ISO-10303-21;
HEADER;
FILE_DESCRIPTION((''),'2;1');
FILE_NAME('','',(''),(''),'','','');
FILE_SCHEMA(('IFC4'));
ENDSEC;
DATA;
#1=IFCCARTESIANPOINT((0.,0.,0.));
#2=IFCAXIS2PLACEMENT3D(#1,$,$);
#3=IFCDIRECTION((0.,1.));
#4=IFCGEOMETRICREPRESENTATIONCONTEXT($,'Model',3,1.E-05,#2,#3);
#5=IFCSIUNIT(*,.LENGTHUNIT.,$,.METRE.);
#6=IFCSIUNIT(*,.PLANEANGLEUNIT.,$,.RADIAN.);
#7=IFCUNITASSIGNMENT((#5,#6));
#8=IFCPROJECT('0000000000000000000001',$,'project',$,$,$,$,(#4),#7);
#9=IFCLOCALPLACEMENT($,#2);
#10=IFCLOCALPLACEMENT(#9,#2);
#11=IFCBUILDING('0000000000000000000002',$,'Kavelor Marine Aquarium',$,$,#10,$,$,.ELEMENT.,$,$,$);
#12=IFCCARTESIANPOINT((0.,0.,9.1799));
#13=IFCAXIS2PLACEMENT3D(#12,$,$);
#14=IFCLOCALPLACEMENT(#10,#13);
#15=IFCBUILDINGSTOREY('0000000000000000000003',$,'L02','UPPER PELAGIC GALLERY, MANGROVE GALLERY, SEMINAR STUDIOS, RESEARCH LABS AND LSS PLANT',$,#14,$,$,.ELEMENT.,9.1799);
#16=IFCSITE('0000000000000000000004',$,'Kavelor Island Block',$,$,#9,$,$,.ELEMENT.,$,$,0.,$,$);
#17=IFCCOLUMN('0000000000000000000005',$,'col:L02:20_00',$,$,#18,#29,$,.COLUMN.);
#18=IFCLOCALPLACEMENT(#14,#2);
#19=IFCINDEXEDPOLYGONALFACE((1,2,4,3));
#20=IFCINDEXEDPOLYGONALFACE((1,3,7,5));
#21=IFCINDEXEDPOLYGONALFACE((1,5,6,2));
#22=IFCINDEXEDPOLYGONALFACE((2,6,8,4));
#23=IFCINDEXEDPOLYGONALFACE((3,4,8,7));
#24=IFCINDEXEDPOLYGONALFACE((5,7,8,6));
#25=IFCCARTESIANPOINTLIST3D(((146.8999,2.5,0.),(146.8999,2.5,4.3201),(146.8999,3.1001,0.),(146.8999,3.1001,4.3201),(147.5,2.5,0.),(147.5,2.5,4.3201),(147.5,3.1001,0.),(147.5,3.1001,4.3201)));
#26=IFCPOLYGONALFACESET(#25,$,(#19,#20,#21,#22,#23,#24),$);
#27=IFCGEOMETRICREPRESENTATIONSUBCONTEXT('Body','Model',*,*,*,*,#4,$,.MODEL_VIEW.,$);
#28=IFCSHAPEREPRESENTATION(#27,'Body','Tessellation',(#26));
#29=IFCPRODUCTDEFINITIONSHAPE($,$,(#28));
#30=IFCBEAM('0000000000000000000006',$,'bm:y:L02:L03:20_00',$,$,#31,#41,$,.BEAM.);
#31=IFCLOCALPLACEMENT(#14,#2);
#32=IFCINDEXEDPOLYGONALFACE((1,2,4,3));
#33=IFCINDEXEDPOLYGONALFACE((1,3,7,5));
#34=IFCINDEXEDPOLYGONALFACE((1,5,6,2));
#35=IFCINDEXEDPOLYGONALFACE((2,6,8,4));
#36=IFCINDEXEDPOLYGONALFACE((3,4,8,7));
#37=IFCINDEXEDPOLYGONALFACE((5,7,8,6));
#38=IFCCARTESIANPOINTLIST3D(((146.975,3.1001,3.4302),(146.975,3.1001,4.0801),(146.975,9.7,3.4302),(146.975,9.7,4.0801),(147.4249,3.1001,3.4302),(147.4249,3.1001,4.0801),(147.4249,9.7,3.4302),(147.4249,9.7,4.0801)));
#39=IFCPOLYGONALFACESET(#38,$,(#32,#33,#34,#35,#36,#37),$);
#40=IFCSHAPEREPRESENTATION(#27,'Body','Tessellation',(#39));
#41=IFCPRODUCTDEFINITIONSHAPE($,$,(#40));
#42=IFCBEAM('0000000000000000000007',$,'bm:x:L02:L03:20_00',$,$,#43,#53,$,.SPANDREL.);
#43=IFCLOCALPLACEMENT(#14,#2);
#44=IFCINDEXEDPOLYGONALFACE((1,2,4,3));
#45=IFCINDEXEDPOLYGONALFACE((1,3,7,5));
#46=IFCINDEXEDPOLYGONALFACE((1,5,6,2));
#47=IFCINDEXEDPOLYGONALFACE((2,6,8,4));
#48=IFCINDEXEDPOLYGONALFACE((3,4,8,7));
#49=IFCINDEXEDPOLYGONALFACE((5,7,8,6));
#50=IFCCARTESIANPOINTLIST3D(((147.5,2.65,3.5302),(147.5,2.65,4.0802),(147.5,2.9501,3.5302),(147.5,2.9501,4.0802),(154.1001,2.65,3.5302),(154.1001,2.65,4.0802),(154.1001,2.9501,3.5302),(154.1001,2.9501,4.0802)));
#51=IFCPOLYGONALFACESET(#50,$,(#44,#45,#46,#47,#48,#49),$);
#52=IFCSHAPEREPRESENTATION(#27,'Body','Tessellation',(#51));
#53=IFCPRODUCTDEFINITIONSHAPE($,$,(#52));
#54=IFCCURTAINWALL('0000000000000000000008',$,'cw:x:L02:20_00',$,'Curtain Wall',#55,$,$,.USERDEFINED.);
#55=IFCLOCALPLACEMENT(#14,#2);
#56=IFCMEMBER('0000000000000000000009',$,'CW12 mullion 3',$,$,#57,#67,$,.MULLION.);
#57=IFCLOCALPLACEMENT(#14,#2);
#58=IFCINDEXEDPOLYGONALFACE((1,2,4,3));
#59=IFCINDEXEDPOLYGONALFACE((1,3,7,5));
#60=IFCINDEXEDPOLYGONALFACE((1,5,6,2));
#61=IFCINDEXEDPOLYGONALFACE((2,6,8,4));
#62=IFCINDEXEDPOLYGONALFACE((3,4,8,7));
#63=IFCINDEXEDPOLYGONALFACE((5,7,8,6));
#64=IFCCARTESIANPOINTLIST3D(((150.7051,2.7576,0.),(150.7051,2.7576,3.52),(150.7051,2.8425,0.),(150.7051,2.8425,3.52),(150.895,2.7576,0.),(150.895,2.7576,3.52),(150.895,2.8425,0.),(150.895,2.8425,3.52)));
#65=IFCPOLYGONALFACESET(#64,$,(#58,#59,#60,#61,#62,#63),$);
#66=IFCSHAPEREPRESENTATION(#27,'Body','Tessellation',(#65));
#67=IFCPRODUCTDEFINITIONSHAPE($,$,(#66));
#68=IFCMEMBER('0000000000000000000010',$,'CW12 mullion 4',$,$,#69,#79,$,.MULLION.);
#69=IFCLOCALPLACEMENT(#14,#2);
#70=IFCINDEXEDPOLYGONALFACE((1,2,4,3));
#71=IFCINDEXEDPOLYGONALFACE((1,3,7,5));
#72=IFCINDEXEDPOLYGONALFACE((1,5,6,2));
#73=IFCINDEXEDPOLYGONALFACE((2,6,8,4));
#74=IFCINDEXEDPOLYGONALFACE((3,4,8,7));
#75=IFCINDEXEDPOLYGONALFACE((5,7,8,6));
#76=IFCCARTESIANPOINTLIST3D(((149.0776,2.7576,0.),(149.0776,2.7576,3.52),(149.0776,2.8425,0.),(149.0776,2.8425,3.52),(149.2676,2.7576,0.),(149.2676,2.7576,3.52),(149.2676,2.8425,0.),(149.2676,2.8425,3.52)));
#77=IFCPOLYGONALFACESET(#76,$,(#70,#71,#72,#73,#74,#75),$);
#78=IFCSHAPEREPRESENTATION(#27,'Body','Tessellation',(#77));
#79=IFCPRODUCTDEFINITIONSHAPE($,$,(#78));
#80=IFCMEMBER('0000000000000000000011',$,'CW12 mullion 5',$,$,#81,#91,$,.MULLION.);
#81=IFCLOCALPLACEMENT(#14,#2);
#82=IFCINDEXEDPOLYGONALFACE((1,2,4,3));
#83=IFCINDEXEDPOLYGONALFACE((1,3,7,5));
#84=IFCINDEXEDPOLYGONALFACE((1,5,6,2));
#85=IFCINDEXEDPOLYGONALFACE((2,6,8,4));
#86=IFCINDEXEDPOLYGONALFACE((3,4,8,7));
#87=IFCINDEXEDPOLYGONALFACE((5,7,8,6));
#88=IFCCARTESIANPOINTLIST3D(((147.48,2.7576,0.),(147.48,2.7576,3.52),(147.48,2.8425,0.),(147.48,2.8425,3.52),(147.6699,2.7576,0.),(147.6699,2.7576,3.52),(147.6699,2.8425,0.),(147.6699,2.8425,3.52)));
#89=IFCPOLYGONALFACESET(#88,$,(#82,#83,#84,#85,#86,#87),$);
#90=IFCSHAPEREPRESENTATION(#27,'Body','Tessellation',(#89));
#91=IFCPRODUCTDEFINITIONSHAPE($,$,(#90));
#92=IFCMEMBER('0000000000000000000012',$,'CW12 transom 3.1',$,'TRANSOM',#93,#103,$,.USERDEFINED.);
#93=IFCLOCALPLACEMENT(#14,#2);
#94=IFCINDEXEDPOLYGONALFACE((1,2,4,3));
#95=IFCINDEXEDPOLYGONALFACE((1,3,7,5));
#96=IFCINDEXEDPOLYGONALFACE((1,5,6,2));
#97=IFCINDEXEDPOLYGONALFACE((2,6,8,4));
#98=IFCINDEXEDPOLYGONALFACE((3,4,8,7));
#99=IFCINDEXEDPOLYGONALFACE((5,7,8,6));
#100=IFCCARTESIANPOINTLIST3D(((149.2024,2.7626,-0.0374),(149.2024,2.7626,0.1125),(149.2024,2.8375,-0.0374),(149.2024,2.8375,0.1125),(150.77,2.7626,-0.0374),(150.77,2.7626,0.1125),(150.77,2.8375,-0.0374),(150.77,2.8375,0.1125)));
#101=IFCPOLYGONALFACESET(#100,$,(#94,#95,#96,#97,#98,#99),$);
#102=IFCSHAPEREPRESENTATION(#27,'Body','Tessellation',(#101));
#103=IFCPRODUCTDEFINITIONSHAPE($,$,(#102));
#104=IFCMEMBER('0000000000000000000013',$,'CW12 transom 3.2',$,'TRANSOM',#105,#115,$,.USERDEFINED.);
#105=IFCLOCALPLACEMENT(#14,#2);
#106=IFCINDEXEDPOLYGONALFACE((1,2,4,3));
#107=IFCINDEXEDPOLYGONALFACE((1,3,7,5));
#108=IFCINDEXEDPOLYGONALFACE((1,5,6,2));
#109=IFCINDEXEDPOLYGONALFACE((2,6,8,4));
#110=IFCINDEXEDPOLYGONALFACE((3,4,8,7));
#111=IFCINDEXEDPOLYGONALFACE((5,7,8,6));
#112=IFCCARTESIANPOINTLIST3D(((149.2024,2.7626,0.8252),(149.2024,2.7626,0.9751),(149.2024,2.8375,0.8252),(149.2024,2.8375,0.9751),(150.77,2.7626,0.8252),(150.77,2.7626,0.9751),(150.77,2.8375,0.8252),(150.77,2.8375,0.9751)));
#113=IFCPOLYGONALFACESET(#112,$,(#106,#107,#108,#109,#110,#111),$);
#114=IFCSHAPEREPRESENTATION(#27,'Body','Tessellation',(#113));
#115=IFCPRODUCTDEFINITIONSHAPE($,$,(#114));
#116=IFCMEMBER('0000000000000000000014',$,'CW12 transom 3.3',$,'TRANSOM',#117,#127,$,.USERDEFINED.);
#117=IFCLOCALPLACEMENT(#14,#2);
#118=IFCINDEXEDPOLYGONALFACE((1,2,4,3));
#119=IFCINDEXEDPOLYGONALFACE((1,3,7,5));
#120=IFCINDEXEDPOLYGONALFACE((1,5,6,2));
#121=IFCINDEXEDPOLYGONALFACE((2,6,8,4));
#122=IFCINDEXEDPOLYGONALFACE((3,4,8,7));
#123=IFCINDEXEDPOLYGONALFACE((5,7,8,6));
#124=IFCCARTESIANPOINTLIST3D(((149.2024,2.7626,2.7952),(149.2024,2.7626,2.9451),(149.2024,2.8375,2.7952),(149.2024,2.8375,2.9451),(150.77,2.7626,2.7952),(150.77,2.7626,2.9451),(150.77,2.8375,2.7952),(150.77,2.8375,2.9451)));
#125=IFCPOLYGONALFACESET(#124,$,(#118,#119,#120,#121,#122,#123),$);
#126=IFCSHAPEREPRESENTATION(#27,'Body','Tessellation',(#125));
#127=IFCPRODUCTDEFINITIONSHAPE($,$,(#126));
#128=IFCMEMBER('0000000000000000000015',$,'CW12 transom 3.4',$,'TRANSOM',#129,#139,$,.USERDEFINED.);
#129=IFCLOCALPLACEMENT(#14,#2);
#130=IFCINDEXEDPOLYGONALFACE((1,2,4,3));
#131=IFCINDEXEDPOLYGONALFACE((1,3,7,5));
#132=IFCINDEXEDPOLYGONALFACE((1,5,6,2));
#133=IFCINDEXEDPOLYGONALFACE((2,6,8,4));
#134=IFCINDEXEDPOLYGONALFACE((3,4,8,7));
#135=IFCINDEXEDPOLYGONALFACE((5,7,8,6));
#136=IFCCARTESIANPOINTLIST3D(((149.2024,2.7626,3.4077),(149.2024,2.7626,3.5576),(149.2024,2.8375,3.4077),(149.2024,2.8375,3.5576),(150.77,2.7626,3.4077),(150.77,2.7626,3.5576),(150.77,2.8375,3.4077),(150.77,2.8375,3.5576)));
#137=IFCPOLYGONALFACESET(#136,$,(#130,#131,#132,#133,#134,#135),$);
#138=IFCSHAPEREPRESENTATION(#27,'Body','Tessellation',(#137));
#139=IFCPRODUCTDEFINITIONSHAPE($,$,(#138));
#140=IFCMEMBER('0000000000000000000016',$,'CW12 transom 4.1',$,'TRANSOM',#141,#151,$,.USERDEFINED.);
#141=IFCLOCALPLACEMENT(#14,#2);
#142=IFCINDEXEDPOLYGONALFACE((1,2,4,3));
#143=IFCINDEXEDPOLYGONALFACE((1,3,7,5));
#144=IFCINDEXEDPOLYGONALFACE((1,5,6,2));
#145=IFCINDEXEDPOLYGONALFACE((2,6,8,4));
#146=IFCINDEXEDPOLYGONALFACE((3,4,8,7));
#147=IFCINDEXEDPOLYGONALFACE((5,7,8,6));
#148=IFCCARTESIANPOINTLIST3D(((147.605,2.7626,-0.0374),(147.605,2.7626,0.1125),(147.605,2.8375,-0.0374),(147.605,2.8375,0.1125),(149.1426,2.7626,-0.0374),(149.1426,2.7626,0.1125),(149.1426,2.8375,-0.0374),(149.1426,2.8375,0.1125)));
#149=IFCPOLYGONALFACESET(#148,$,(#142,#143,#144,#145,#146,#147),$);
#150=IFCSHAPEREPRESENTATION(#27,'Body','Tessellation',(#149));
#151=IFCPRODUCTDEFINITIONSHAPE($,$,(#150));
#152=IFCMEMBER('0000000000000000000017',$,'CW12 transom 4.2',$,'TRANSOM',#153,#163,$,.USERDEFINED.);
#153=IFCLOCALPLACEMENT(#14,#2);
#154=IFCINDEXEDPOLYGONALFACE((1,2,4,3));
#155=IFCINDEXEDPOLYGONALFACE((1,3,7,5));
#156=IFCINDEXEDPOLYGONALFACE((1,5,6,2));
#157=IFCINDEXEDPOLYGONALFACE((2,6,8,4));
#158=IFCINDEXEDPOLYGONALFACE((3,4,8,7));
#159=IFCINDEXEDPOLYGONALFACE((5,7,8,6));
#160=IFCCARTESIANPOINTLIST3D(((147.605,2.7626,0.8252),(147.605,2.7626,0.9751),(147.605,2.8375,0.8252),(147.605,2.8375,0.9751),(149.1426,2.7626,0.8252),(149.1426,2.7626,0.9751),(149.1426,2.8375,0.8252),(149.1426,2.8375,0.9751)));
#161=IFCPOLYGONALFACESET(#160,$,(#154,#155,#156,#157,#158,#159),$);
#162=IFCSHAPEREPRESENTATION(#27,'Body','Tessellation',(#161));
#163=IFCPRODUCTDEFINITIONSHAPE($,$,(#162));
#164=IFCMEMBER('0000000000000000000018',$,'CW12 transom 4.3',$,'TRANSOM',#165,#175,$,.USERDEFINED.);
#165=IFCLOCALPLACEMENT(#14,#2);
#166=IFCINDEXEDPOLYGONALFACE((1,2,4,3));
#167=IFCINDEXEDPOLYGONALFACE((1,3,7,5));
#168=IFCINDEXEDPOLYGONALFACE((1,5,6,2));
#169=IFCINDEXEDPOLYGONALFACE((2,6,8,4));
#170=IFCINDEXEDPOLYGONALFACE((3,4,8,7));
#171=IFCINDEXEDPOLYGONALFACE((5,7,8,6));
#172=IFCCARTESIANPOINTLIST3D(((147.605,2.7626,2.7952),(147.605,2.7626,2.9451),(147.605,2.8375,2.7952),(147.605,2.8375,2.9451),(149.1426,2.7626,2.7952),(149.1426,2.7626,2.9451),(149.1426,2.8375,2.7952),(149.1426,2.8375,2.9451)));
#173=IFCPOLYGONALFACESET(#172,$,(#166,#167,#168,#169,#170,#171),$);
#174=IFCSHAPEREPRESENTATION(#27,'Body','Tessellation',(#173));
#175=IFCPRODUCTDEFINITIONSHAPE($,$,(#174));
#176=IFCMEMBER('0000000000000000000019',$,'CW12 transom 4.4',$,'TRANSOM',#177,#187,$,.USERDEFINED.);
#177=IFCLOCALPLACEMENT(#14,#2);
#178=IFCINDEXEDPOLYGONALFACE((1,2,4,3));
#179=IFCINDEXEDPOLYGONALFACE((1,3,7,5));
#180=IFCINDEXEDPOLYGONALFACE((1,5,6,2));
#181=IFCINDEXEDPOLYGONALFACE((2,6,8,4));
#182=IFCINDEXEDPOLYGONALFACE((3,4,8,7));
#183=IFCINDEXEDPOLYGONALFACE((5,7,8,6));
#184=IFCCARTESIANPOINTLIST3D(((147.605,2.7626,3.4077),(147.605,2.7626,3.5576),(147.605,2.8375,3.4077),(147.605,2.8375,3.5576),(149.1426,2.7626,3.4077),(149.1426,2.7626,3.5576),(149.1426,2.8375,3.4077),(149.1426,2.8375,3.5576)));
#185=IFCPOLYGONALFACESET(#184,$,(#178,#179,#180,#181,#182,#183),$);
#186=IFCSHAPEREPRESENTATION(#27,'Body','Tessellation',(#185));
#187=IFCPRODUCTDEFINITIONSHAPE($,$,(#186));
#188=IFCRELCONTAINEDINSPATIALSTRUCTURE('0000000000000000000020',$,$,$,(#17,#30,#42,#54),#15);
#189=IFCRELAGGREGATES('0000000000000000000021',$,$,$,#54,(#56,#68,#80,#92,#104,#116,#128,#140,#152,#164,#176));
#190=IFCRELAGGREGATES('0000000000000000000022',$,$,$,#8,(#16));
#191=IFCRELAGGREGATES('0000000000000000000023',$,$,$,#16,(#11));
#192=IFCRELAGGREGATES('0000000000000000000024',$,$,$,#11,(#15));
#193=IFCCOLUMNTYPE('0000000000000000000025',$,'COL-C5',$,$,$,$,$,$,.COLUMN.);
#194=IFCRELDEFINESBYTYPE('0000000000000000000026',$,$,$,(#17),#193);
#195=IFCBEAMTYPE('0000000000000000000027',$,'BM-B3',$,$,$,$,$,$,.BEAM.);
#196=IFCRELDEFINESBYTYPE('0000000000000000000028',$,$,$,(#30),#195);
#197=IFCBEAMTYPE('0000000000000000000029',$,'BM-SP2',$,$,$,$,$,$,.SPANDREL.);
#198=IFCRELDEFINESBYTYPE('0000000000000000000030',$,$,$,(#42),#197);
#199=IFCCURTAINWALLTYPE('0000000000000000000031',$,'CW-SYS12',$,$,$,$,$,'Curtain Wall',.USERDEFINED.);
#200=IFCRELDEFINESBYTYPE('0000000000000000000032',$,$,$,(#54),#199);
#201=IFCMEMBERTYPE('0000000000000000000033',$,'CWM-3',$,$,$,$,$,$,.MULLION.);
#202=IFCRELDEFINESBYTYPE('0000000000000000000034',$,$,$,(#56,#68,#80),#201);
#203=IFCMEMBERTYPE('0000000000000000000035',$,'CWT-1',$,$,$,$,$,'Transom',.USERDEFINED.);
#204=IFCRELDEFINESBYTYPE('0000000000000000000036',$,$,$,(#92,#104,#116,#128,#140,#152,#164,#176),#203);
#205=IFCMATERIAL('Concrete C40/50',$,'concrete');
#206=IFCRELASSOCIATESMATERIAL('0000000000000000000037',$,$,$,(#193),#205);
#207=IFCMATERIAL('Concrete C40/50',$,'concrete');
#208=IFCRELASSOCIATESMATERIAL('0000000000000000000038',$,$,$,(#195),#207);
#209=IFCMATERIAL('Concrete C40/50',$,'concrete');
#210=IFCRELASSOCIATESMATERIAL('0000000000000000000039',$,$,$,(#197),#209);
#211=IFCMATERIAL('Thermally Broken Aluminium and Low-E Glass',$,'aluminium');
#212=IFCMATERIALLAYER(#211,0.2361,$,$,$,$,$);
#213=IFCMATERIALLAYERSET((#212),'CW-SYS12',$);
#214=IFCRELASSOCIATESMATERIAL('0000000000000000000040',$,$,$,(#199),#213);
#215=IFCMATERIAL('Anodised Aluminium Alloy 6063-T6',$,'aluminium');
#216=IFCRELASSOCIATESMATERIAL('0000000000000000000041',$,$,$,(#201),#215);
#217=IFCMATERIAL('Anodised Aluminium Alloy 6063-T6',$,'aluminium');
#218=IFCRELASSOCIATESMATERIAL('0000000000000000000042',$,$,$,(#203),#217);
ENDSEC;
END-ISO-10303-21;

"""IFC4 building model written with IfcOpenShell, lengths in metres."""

from ifc_helpers import new_model, si_unit, direction, frame, origin, origin_2d, place, context, subcontext, project, spatial, rectangle, extrude, material, layer, layer_set, material_profile, profile_set, type_object, element, aggregate, save


model = new_model("IFC4")

# Units and contexts
model_context = context("Model", 3, precision=1e-05, world=origin(), true_north=direction((0.0, 1.0)))
body_context = subcontext(model_context, "Body", "Model", "MODEL_VIEW")
ifc_project = project(units=[si_unit("LENGTHUNIT", "METRE"), si_unit("PLANEANGLEUNIT", "RADIAN")], contexts=[model_context])

# Site, building, storey
site_placement = place(None, origin())
site = spatial("IfcSite", under=ifc_project, at=site_placement, Name="Kavelor Island Block", CompositionType="ELEMENT", RefElevation=0.0)
building_placement = place(site_placement, origin())
building = spatial("IfcBuilding", under=site, at=building_placement, Name="Kavelor Marine Aquarium", CompositionType="ELEMENT")
storey_placement = place(building_placement, frame((0.0, 0.0, 9.1799)))
storey = spatial("IfcBuildingStorey", under=building, at=storey_placement, Name="L02", Description="UPPER PELAGIC GALLERY, MANGROVE GALLERY, SEMINAR STUDIOS, RESEARCH LABS AND LSS PLANT", CompositionType="ELEMENT", Elevation=9.1799)

# Column
ifc_material_1 = material(Name="Concrete C40/50", Category="concrete")
ifc_material_profile_1 = material_profile(ifc_material_1, rectangle(XDim=0.6001, YDim=0.6001, at=origin_2d()), Name="RC-COL 600x600")
ifc_profile_set_1 = profile_set([ifc_material_profile_1], Name="Concrete C40/50")
column_type = type_object("IfcColumnType", Name="COL-C5", PredefinedType="COLUMN", material=ifc_profile_set_1)
column_placement = place(storey_placement, frame((147.2, 2.8, 0.0), z_axis=(0.0, 0.0, 1.0), x_axis=(1.0, 0.0, 0.0)))
element("IfcColumn", 1, at=column_placement, inside=storey, type_object=column_type, Name="col:L02:20_00", PredefinedType="COLUMN", context=body_context, shape_type="SweptSolid", body=[
    extrude(rectangle(XDim=0.6001, YDim=0.6001, at=origin_2d()), origin(), (0.0, 0.0, 1.0), 4.3201),
])

# Beams
ifc_material_2 = material(Name="Concrete C40/50", Category="concrete")
ifc_material_profile_2 = material_profile(ifc_material_2, rectangle(XDim=0.45, YDim=0.6499, at=origin_2d()), Name="RC-BM 450x650")
ifc_profile_set_2 = profile_set([ifc_material_profile_2], Name="Concrete C40/50")
beam_type_1 = type_object("IfcBeamType", Name="BM-B3", PredefinedType="BEAM", material=ifc_profile_set_2)
beam_1_placement = place(storey_placement, frame((147.2, 3.1001, 3.7551), z_axis=(0.0, 1.0, 0.0), x_axis=(-1.0, 0.0, 0.0)))
element("IfcBeam", 2, at=beam_1_placement, inside=storey, type_object=beam_type_1, Name="bm:y:L02:L03:20_00", PredefinedType="BEAM", context=body_context, shape_type="SweptSolid", body=[
    extrude(rectangle(XDim=0.45, YDim=0.6499, at=origin_2d()), origin(), (0.0, 0.0, 1.0), 6.5999),
])
ifc_material_3 = material(Name="Concrete C40/50", Category="concrete")
ifc_material_profile_3 = material_profile(ifc_material_3, rectangle(XDim=0.3, YDim=0.55, at=origin_2d()), Name="RC-SP 300x550")
ifc_profile_set_3 = profile_set([ifc_material_profile_3], Name="Concrete C40/50")
beam_type_2 = type_object("IfcBeamType", Name="BM-SP2", PredefinedType="SPANDREL", material=ifc_profile_set_3)
beam_2_placement = place(storey_placement, frame((147.5, 2.8, 3.8052), z_axis=(1.0, 0.0, 0.0), x_axis=(0.0, 1.0, 0.0)))
element("IfcBeam", 3, at=beam_2_placement, inside=storey, type_object=beam_type_2, Name="bm:x:L02:L03:20_00", PredefinedType="SPANDREL", context=body_context, shape_type="SweptSolid", body=[
    extrude(rectangle(XDim=0.3, YDim=0.55, at=origin_2d()), origin(), (0.0, 0.0, 1.0), 6.6001),
])

# Curtain wall, members
ifc_material_4 = material(Name="Thermally Broken Aluminium and Low-E Glass", Category="aluminium")
ifc_layer_1 = layer(ifc_material_4, 0.2361)
ifc_layer_set_1 = layer_set([ifc_layer_1], Name="CW-SYS12")
curtain_wall_type = type_object("IfcCurtainWallType", Name="CW-SYS12", ElementType="Curtain Wall", PredefinedType="USERDEFINED", material=ifc_layer_set_1)
curtain_wall_placement = place(storey_placement, origin())
curtain_wall = element("IfcCurtainWall", 4, at=curtain_wall_placement, inside=storey, type_object=curtain_wall_type, Name="cw:x:L02:20_00", ObjectType="Curtain Wall", PredefinedType="USERDEFINED")
ifc_material_5 = material(Name="Anodised Aluminium Alloy 6063-T6", Category="aluminium")
ifc_material_profile_4 = material_profile(ifc_material_5, rectangle(XDim=0.085, YDim=0.1899, at=origin_2d()), Name="CW-MUL 85x190")
ifc_profile_set_4 = profile_set([ifc_material_profile_4], Name="Anodised Aluminium Alloy 6063-T6")
member_type_1 = type_object("IfcMemberType", Name="CWM-3", PredefinedType="MULLION", material=ifc_profile_set_4)
member_1_placement = place(storey_placement, frame((150.8, 2.8, 0.0), z_axis=(0.0, 0.0, 1.0), x_axis=(0.0, -1.0, 0.0)))
member_1 = element("IfcMember", 5, at=member_1_placement, type_object=member_type_1, Name="CW12 mullion 3", PredefinedType="MULLION", context=body_context, shape_type="SweptSolid", body=[
    extrude(rectangle(XDim=0.085, YDim=0.1899, at=origin_2d()), origin(), (0.0, 0.0, 1.0), 3.52),
])
member_2_placement = place(storey_placement, frame((149.1726, 2.8, 0.0), z_axis=(0.0, 0.0, 1.0), x_axis=(0.0, -1.0, 0.0)))
member_2 = element("IfcMember", 6, at=member_2_placement, type_object=member_type_1, Name="CW12 mullion 4", PredefinedType="MULLION", context=body_context, shape_type="SweptSolid", body=[
    extrude(rectangle(XDim=0.085, YDim=0.1899, at=origin_2d()), origin(), (0.0, 0.0, 1.0), 3.52),
])
member_3_placement = place(storey_placement, frame((147.575, 2.8, 0.0), z_axis=(0.0, 0.0, 1.0), x_axis=(0.0, -1.0, 0.0)))
member_3 = element("IfcMember", 7, at=member_3_placement, type_object=member_type_1, Name="CW12 mullion 5", PredefinedType="MULLION", context=body_context, shape_type="SweptSolid", body=[
    extrude(rectangle(XDim=0.085, YDim=0.1899, at=origin_2d()), origin(), (0.0, 0.0, 1.0), 3.52),
])
ifc_material_6 = material(Name="Anodised Aluminium Alloy 6063-T6", Category="aluminium")
ifc_material_profile_5 = material_profile(ifc_material_6, rectangle(XDim=0.075, YDim=0.1499, at=origin_2d()), Name="CW-TRN 75x150")
ifc_profile_set_5 = profile_set([ifc_material_profile_5], Name="Anodised Aluminium Alloy 6063-T6")
member_type_2 = type_object("IfcMemberType", Name="CWT-1", ElementType="Transom", PredefinedType="USERDEFINED", material=ifc_profile_set_5)
member_4_placement = place(storey_placement, frame((150.77, 2.8, 0.0376), z_axis=(-1.0, 0.0, 0.0), x_axis=(0.0, -1.0, 0.0)))
member_4 = element("IfcMember", 8, at=member_4_placement, type_object=member_type_2, Name="CW12 transom 3.1", ObjectType="TRANSOM", PredefinedType="USERDEFINED", context=body_context, shape_type="SweptSolid", body=[
    extrude(rectangle(XDim=0.075, YDim=0.1499, at=origin_2d()), origin(), (0.0, 0.0, 1.0), 1.5676),
])
member_5_placement = place(storey_placement, frame((150.77, 2.8, 0.9001), z_axis=(-1.0, 0.0, 0.0), x_axis=(0.0, -1.0, 0.0)))
member_5 = element("IfcMember", 9, at=member_5_placement, type_object=member_type_2, Name="CW12 transom 3.2", ObjectType="TRANSOM", PredefinedType="USERDEFINED", context=body_context, shape_type="SweptSolid", body=[
    extrude(rectangle(XDim=0.075, YDim=0.1499, at=origin_2d()), origin(), (0.0, 0.0, 1.0), 1.5676),
])
member_6_placement = place(storey_placement, frame((150.77, 2.8, 2.8701), z_axis=(-1.0, 0.0, 0.0), x_axis=(0.0, -1.0, 0.0)))
member_6 = element("IfcMember", 10, at=member_6_placement, type_object=member_type_2, Name="CW12 transom 3.3", ObjectType="TRANSOM", PredefinedType="USERDEFINED", context=body_context, shape_type="SweptSolid", body=[
    extrude(rectangle(XDim=0.075, YDim=0.1499, at=origin_2d()), origin(), (0.0, 0.0, 1.0), 1.5676),
])
member_7_placement = place(storey_placement, frame((150.77, 2.8, 3.4827), z_axis=(-1.0, 0.0, 0.0), x_axis=(0.0, -1.0, 0.0)))
member_7 = element("IfcMember", 11, at=member_7_placement, type_object=member_type_2, Name="CW12 transom 3.4", ObjectType="TRANSOM", PredefinedType="USERDEFINED", context=body_context, shape_type="SweptSolid", body=[
    extrude(rectangle(XDim=0.075, YDim=0.1499, at=origin_2d()), origin(), (0.0, 0.0, 1.0), 1.5676),
])
member_8_placement = place(storey_placement, frame((149.1426, 2.8, 0.0376), z_axis=(-1.0, 0.0, 0.0), x_axis=(0.0, -1.0, 0.0)))
member_8 = element("IfcMember", 12, at=member_8_placement, type_object=member_type_2, Name="CW12 transom 4.1", ObjectType="TRANSOM", PredefinedType="USERDEFINED", context=body_context, shape_type="SweptSolid", body=[
    extrude(rectangle(XDim=0.075, YDim=0.1499, at=origin_2d()), origin(), (0.0, 0.0, 1.0), 1.5376),
])
member_9_placement = place(storey_placement, frame((149.1426, 2.8, 0.9001), z_axis=(-1.0, 0.0, 0.0), x_axis=(0.0, -1.0, 0.0)))
member_9 = element("IfcMember", 13, at=member_9_placement, type_object=member_type_2, Name="CW12 transom 4.2", ObjectType="TRANSOM", PredefinedType="USERDEFINED", context=body_context, shape_type="SweptSolid", body=[
    extrude(rectangle(XDim=0.075, YDim=0.1499, at=origin_2d()), origin(), (0.0, 0.0, 1.0), 1.5376),
])
member_10_placement = place(storey_placement, frame((149.1426, 2.8, 2.8701), z_axis=(-1.0, 0.0, 0.0), x_axis=(0.0, -1.0, 0.0)))
member_10 = element("IfcMember", 14, at=member_10_placement, type_object=member_type_2, Name="CW12 transom 4.3", ObjectType="TRANSOM", PredefinedType="USERDEFINED", context=body_context, shape_type="SweptSolid", body=[
    extrude(rectangle(XDim=0.075, YDim=0.1499, at=origin_2d()), origin(), (0.0, 0.0, 1.0), 1.5376),
])
member_11_placement = place(storey_placement, frame((149.1426, 2.8, 3.4827), z_axis=(-1.0, 0.0, 0.0), x_axis=(0.0, -1.0, 0.0)))
member_11 = element("IfcMember", 15, at=member_11_placement, type_object=member_type_2, Name="CW12 transom 4.4", ObjectType="TRANSOM", PredefinedType="USERDEFINED", context=body_context, shape_type="SweptSolid", body=[
    extrude(rectangle(XDim=0.075, YDim=0.1499, at=origin_2d()), origin(), (0.0, 0.0, 1.0), 1.5376),
])

aggregate(curtain_wall, [member_1, member_2, member_3, member_4, member_5, member_6, member_7, member_8, member_9, member_10, member_11])

save(model, "model.ifc")
